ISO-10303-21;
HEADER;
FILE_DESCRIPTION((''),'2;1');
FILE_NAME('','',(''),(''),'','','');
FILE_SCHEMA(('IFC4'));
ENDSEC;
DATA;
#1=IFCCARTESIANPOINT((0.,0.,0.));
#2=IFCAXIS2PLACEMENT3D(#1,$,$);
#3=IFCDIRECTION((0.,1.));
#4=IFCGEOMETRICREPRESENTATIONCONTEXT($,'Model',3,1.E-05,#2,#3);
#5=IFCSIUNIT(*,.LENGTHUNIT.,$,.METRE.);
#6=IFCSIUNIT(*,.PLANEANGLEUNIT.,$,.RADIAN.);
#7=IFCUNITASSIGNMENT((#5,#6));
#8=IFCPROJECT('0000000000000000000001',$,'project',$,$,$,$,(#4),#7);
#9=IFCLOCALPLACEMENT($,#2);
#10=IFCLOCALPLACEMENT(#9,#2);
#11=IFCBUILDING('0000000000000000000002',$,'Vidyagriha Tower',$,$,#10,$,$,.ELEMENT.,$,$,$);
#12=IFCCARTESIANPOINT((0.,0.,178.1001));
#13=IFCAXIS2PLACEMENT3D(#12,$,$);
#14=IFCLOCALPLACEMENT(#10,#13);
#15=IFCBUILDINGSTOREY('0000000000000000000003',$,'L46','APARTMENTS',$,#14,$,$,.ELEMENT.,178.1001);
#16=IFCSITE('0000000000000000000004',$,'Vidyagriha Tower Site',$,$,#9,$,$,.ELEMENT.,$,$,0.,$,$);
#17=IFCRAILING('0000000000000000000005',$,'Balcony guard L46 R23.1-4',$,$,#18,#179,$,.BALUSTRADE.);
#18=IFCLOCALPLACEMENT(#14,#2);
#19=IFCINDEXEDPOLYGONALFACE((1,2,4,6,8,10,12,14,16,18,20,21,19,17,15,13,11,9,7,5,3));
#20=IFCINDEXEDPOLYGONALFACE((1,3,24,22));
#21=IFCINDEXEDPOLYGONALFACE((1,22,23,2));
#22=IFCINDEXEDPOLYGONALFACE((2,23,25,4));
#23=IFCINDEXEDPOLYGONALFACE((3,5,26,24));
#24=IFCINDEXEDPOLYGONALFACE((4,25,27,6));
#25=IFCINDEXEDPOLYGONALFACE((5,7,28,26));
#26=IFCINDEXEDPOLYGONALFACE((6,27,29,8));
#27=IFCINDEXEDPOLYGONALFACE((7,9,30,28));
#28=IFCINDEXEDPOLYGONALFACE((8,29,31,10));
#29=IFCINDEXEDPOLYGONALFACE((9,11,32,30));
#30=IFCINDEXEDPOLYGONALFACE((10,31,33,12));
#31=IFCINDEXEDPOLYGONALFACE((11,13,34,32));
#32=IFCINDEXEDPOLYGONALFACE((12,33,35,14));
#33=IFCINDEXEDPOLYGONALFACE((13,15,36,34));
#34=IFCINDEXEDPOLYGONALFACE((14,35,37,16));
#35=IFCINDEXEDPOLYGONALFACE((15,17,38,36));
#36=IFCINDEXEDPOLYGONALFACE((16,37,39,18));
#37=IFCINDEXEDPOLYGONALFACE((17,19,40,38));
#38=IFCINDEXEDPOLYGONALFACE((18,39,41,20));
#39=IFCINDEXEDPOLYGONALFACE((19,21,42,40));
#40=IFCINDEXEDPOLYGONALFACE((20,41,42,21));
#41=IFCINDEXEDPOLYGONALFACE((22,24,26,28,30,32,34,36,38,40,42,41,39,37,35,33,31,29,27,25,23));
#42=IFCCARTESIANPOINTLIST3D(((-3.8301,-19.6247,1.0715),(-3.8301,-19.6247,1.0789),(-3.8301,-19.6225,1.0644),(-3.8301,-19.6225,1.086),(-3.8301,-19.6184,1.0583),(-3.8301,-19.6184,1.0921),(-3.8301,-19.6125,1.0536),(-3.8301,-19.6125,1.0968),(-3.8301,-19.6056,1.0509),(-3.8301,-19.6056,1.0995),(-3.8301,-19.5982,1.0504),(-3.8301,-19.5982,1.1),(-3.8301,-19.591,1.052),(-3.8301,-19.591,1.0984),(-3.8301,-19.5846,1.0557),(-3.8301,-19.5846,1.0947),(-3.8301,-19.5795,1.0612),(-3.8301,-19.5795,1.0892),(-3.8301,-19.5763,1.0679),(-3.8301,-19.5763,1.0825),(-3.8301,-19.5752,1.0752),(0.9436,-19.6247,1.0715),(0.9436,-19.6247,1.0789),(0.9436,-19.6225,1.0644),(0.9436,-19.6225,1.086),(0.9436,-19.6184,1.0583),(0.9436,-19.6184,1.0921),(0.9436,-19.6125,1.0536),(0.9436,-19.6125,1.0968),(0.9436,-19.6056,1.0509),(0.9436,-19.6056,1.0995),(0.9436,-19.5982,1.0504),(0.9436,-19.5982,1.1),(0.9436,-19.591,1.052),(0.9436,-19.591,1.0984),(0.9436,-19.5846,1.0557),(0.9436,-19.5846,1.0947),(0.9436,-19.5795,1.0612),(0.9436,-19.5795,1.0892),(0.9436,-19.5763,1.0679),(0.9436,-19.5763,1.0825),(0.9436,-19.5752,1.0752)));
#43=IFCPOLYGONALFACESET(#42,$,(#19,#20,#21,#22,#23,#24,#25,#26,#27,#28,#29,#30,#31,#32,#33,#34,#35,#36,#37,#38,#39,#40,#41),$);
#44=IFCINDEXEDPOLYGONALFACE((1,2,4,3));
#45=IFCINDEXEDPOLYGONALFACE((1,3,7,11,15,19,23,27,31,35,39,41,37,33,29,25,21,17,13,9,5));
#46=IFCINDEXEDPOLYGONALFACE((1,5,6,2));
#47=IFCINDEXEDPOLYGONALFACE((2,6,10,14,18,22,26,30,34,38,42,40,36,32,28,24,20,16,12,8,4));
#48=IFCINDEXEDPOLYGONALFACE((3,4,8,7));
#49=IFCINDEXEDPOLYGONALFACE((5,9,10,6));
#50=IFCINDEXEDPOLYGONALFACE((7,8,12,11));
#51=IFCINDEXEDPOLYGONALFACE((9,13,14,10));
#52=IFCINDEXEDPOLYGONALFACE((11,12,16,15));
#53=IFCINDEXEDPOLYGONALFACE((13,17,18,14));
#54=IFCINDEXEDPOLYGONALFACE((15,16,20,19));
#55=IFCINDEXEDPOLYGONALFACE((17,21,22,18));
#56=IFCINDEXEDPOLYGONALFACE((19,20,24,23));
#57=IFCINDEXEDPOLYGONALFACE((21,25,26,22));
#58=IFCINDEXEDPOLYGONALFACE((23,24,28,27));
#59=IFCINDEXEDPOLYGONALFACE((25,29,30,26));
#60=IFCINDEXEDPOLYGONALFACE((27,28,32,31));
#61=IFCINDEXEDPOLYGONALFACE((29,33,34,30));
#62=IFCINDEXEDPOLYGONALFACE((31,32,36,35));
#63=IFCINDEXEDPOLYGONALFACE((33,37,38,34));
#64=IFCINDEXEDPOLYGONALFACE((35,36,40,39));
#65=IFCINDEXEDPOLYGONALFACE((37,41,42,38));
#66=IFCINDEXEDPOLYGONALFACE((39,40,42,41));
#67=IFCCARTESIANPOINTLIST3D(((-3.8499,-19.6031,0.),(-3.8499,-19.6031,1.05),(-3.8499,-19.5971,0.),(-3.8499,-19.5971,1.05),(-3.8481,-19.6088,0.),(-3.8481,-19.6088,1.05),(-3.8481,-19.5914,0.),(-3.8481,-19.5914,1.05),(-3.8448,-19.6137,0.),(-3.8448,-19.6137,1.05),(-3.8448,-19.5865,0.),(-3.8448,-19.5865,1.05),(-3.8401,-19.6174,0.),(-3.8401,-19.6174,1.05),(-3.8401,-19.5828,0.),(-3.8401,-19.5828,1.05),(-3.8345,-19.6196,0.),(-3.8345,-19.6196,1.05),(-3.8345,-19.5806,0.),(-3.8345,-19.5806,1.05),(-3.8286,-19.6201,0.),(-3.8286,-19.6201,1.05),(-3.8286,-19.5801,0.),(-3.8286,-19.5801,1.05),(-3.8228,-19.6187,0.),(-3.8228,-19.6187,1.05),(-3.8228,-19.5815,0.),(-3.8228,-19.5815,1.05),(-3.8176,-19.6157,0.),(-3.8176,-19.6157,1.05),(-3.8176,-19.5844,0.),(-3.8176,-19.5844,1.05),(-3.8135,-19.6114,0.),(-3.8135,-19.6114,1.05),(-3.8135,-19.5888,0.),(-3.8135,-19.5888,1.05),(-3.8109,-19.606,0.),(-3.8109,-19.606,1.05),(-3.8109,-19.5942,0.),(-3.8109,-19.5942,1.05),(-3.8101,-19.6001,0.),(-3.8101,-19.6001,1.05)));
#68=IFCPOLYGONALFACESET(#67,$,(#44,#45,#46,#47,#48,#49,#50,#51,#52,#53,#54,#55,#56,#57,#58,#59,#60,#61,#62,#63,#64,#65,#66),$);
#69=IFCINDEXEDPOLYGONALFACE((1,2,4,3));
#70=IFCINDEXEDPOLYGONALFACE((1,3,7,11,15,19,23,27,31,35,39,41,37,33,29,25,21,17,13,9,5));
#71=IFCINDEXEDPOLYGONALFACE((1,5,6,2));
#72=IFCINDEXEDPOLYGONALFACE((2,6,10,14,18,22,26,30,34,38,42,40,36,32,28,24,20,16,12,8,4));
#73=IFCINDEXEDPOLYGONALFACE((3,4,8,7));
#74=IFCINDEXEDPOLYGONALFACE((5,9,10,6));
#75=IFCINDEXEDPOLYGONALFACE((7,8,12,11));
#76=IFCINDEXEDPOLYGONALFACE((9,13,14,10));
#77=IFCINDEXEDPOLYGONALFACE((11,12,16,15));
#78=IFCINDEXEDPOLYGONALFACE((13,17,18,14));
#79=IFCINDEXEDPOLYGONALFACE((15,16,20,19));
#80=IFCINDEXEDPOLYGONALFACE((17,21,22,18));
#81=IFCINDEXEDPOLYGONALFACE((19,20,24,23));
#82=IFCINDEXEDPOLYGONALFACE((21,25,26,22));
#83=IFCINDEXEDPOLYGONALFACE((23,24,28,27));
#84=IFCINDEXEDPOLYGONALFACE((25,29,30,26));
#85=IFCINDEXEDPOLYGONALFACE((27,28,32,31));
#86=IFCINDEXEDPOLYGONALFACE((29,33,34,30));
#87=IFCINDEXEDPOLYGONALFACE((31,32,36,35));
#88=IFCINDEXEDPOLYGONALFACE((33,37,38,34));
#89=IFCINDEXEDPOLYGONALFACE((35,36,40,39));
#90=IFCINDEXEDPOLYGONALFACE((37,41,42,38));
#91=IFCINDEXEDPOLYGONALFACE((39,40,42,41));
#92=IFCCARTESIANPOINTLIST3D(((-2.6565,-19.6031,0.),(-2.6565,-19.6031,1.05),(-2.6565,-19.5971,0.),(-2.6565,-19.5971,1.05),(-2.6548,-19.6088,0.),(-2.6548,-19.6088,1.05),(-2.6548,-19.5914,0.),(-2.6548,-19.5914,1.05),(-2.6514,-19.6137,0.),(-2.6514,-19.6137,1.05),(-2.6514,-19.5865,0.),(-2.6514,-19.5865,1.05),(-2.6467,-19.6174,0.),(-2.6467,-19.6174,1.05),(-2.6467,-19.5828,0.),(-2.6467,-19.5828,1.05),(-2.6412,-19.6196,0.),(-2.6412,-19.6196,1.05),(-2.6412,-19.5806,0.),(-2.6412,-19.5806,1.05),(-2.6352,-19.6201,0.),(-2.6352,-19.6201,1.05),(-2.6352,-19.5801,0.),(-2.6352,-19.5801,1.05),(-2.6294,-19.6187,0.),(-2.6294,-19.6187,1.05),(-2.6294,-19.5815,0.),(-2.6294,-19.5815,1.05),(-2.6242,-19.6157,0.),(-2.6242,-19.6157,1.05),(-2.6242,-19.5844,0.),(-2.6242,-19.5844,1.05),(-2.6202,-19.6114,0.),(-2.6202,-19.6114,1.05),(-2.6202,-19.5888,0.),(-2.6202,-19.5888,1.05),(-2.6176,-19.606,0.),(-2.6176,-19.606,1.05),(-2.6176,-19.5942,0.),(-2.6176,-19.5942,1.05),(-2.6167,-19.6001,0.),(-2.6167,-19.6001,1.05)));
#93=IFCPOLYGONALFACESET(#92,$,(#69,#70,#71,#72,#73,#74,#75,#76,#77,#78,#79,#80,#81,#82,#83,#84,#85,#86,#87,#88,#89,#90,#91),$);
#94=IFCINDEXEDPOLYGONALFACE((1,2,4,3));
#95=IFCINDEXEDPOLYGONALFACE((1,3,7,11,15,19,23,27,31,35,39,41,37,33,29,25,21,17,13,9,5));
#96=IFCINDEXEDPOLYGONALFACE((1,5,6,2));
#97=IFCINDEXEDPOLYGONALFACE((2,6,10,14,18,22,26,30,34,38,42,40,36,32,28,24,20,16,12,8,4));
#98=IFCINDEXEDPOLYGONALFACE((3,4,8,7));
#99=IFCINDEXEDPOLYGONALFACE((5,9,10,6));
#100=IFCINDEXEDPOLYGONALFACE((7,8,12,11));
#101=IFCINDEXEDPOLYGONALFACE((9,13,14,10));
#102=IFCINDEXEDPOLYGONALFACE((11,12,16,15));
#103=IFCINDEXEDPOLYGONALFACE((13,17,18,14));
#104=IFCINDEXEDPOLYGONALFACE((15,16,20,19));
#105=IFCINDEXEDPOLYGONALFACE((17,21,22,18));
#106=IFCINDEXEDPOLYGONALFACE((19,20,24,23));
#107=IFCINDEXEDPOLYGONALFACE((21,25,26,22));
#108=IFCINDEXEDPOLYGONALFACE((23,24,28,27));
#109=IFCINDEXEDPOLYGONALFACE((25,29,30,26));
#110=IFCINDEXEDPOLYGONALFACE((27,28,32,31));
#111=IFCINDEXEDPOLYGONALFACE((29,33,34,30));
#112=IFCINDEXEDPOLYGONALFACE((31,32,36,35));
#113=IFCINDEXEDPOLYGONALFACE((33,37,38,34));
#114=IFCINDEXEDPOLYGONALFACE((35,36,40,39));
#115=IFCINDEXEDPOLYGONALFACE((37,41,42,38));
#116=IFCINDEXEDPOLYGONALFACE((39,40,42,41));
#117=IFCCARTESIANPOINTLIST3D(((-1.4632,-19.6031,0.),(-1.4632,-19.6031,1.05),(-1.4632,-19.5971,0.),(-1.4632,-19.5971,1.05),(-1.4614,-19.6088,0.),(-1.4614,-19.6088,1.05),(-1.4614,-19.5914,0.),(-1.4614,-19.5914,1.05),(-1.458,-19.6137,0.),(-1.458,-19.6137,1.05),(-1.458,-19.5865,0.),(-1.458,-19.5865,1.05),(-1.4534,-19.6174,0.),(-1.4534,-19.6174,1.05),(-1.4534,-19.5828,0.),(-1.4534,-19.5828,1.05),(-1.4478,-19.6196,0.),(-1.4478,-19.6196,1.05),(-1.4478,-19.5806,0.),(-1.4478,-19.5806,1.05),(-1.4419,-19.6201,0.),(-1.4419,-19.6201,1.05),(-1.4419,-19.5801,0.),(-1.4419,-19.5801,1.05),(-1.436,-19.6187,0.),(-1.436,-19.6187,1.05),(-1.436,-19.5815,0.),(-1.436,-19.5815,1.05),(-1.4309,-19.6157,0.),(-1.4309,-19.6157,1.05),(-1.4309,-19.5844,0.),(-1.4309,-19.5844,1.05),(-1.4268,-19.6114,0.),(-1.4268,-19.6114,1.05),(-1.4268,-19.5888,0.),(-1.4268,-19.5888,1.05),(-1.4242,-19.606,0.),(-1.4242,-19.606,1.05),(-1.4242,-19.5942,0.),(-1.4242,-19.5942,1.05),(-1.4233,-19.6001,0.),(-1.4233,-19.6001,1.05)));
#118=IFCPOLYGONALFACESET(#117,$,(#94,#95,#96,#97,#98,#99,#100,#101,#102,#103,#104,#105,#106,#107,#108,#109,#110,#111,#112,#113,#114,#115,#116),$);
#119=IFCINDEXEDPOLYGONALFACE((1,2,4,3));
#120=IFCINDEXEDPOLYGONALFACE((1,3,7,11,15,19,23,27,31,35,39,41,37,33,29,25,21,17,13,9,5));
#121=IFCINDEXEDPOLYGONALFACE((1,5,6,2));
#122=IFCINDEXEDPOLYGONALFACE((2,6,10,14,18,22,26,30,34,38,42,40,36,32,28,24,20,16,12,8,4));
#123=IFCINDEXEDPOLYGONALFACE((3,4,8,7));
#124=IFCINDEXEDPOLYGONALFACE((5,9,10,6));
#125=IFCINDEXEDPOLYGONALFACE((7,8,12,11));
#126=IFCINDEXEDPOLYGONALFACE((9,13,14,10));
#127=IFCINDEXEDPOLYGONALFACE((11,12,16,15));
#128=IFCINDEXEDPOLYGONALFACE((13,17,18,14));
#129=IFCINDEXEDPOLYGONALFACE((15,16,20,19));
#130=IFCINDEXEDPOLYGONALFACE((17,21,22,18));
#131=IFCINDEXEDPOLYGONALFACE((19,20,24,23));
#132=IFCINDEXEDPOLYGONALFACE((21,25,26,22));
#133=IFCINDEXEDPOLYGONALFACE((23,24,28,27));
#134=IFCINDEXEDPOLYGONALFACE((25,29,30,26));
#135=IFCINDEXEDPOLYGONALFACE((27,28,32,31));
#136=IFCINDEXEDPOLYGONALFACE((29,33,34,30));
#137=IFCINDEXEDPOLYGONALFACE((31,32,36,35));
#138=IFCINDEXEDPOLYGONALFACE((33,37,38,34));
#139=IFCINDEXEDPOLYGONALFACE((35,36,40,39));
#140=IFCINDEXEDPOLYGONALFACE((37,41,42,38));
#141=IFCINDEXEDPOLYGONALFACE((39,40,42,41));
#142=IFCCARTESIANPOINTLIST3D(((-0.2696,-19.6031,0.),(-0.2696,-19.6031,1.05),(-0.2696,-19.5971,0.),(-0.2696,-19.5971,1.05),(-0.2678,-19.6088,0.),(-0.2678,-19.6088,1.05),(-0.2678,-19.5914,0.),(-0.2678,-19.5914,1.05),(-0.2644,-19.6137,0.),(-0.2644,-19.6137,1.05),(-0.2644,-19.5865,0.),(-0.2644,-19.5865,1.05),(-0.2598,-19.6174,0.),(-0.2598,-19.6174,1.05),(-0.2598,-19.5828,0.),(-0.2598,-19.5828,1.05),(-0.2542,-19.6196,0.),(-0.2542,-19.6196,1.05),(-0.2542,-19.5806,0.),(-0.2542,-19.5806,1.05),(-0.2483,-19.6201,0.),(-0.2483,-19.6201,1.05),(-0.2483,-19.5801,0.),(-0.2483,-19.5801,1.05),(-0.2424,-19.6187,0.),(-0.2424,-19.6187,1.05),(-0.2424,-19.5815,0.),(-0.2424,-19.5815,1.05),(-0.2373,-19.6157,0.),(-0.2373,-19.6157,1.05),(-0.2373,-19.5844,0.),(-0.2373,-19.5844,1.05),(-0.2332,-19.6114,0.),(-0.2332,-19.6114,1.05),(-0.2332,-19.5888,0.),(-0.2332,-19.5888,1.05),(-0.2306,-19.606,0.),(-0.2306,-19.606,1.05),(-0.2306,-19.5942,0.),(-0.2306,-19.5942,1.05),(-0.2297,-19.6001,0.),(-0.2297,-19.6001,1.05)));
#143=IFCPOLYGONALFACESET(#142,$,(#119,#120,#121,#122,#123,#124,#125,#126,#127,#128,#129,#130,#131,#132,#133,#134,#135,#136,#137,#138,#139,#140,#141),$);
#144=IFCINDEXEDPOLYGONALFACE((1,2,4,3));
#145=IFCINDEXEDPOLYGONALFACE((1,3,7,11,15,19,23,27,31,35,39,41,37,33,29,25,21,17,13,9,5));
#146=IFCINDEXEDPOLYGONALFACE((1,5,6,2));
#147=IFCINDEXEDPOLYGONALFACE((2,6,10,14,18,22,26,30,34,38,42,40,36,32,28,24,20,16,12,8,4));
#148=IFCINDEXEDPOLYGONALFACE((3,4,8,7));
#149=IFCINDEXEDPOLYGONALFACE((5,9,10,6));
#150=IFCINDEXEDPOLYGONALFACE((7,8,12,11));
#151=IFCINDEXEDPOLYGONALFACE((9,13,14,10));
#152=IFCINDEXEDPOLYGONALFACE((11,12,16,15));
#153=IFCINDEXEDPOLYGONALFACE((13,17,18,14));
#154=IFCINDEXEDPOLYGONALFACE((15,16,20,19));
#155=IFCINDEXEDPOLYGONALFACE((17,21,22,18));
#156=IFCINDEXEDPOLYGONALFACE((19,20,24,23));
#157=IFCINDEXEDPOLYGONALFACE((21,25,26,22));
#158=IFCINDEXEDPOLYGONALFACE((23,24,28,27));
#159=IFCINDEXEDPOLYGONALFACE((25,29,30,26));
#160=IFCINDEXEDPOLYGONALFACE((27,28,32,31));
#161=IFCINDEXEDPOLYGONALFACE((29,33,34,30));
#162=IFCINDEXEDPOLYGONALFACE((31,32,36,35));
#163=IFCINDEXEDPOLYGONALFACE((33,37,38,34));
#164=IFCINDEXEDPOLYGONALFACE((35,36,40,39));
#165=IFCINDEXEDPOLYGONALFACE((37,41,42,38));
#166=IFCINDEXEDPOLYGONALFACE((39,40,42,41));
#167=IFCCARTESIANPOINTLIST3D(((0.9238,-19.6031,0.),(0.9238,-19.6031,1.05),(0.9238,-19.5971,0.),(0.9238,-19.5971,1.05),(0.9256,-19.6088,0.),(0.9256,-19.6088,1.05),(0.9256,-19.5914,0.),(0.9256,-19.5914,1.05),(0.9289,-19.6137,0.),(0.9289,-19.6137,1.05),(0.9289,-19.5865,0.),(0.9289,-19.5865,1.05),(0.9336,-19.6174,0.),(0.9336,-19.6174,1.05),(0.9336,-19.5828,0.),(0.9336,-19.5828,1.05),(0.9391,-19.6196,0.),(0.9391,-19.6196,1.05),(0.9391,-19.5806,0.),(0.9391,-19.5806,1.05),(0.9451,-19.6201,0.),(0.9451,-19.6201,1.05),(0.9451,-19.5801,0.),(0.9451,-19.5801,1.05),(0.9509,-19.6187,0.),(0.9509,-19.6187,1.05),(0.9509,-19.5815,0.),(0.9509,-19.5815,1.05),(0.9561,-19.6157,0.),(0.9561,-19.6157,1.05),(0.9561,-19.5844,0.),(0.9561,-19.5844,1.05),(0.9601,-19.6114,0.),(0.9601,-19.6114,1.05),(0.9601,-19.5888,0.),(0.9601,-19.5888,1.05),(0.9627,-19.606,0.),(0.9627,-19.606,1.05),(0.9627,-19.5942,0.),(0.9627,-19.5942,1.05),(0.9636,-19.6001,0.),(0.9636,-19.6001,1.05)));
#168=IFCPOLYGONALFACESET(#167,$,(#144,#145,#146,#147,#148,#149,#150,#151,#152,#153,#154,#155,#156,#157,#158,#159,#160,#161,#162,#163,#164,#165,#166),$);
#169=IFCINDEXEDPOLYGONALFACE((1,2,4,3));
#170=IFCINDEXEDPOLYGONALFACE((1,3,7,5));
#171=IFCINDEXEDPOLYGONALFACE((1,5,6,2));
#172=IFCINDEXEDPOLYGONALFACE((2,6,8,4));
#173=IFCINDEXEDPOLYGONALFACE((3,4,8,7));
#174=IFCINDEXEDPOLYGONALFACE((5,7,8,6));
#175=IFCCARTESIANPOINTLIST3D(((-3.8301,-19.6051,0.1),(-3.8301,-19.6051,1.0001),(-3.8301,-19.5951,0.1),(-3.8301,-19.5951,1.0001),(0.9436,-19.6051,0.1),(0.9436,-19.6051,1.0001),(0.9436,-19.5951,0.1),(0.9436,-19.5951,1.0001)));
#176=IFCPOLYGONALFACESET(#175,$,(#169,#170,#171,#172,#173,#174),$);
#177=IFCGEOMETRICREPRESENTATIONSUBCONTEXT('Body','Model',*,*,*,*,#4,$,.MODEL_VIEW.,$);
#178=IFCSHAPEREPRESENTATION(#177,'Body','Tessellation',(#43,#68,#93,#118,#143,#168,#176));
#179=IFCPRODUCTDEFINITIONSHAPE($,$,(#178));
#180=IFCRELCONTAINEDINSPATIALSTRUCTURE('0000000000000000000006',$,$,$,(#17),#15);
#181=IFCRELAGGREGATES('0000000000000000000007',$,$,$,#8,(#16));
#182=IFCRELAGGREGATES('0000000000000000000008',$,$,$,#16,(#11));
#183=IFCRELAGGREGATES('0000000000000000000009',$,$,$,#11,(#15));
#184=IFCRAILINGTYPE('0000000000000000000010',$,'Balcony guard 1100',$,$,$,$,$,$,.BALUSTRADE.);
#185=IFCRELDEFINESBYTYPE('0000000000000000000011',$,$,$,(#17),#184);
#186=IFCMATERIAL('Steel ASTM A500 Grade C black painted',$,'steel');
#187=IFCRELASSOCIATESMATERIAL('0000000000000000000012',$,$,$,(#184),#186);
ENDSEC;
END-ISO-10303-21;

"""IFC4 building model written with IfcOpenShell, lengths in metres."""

from ifc_helpers import new_model, si_unit, direction, frame, origin, origin_2d, place, context, subcontext, project, spatial, rectangle, circle, extrude, material, type_object, element, save


model = new_model("IFC4")

# Units and contexts
model_context = context("Model", 3, precision=1e-05, world=origin(), true_north=direction((0.0, 1.0)))
body_context = subcontext(model_context, "Body", "Model", "MODEL_VIEW")
ifc_project = project(units=[si_unit("LENGTHUNIT", "METRE"), si_unit("PLANEANGLEUNIT", "RADIAN")], contexts=[model_context])

# Site, building, storey
site_placement = place(None, origin())
site = spatial("IfcSite", under=ifc_project, at=site_placement, Name="Vidyagriha Tower Site", CompositionType="ELEMENT", RefElevation=0.0)
building_placement = place(site_placement, origin())
building = spatial("IfcBuilding", under=site, at=building_placement, Name="Vidyagriha Tower", CompositionType="ELEMENT")
storey_placement = place(building_placement, frame((0.0, 0.0, 178.1001)))
storey = spatial("IfcBuildingStorey", under=building, at=storey_placement, Name="L46", Description="APARTMENTS", CompositionType="ELEMENT", Elevation=178.1001)

# Railing
ifc_material_1 = material(Name="Steel ASTM A500 Grade C black painted", Category="steel")
railing_type = type_object("IfcRailingType", Name="Balcony guard 1100", PredefinedType="BALUSTRADE", material=ifc_material_1)
railing_1_placement = place(storey_placement, frame((-3.8301, -19.6001, 0.0)))
element("IfcRailing", 1, at=railing_1_placement, inside=storey, type_object=railing_type, Name="Balcony guard L46 R23.1-4", PredefinedType="BALUSTRADE", context=body_context, shape_type="SweptSolid", body=[
    extrude(circle(Radius=0.0249, at=origin_2d()), frame((0.0, 0.0, 1.0752), z_axis=(1.0, 0.0, 0.0), x_axis=(0.0, 1.0, 0.0)), (0.0, 0.0, 1.0), 4.7737),
    extrude(circle(Radius=0.02, at=origin_2d()), origin(), (0.0, 0.0, 1.0), 1.05),
    extrude(circle(Radius=0.02, at=origin_2d()), frame((1.1934, 0.0, 0.0)), (0.0, 0.0, 1.0), 1.05),
    extrude(circle(Radius=0.02, at=origin_2d()), frame((2.3867, 0.0, 0.0)), (0.0, 0.0, 1.0), 1.05),
    extrude(circle(Radius=0.02, at=origin_2d()), frame((3.5803, 0.0, 0.0)), (0.0, 0.0, 1.0), 1.05),
    extrude(circle(Radius=0.02, at=origin_2d()), frame((4.7737, 0.0, 0.0)), (0.0, 0.0, 1.0), 1.05),
    extrude(rectangle(XDim=0.01, YDim=0.9001, at=origin_2d()), frame((0.0, 0.0, 0.55), z_axis=(1.0, 0.0, 0.0), x_axis=(0.0, 1.0, 0.0)), (0.0, 0.0, 1.0), 4.7737),
])

save(model, "model.ifc")
